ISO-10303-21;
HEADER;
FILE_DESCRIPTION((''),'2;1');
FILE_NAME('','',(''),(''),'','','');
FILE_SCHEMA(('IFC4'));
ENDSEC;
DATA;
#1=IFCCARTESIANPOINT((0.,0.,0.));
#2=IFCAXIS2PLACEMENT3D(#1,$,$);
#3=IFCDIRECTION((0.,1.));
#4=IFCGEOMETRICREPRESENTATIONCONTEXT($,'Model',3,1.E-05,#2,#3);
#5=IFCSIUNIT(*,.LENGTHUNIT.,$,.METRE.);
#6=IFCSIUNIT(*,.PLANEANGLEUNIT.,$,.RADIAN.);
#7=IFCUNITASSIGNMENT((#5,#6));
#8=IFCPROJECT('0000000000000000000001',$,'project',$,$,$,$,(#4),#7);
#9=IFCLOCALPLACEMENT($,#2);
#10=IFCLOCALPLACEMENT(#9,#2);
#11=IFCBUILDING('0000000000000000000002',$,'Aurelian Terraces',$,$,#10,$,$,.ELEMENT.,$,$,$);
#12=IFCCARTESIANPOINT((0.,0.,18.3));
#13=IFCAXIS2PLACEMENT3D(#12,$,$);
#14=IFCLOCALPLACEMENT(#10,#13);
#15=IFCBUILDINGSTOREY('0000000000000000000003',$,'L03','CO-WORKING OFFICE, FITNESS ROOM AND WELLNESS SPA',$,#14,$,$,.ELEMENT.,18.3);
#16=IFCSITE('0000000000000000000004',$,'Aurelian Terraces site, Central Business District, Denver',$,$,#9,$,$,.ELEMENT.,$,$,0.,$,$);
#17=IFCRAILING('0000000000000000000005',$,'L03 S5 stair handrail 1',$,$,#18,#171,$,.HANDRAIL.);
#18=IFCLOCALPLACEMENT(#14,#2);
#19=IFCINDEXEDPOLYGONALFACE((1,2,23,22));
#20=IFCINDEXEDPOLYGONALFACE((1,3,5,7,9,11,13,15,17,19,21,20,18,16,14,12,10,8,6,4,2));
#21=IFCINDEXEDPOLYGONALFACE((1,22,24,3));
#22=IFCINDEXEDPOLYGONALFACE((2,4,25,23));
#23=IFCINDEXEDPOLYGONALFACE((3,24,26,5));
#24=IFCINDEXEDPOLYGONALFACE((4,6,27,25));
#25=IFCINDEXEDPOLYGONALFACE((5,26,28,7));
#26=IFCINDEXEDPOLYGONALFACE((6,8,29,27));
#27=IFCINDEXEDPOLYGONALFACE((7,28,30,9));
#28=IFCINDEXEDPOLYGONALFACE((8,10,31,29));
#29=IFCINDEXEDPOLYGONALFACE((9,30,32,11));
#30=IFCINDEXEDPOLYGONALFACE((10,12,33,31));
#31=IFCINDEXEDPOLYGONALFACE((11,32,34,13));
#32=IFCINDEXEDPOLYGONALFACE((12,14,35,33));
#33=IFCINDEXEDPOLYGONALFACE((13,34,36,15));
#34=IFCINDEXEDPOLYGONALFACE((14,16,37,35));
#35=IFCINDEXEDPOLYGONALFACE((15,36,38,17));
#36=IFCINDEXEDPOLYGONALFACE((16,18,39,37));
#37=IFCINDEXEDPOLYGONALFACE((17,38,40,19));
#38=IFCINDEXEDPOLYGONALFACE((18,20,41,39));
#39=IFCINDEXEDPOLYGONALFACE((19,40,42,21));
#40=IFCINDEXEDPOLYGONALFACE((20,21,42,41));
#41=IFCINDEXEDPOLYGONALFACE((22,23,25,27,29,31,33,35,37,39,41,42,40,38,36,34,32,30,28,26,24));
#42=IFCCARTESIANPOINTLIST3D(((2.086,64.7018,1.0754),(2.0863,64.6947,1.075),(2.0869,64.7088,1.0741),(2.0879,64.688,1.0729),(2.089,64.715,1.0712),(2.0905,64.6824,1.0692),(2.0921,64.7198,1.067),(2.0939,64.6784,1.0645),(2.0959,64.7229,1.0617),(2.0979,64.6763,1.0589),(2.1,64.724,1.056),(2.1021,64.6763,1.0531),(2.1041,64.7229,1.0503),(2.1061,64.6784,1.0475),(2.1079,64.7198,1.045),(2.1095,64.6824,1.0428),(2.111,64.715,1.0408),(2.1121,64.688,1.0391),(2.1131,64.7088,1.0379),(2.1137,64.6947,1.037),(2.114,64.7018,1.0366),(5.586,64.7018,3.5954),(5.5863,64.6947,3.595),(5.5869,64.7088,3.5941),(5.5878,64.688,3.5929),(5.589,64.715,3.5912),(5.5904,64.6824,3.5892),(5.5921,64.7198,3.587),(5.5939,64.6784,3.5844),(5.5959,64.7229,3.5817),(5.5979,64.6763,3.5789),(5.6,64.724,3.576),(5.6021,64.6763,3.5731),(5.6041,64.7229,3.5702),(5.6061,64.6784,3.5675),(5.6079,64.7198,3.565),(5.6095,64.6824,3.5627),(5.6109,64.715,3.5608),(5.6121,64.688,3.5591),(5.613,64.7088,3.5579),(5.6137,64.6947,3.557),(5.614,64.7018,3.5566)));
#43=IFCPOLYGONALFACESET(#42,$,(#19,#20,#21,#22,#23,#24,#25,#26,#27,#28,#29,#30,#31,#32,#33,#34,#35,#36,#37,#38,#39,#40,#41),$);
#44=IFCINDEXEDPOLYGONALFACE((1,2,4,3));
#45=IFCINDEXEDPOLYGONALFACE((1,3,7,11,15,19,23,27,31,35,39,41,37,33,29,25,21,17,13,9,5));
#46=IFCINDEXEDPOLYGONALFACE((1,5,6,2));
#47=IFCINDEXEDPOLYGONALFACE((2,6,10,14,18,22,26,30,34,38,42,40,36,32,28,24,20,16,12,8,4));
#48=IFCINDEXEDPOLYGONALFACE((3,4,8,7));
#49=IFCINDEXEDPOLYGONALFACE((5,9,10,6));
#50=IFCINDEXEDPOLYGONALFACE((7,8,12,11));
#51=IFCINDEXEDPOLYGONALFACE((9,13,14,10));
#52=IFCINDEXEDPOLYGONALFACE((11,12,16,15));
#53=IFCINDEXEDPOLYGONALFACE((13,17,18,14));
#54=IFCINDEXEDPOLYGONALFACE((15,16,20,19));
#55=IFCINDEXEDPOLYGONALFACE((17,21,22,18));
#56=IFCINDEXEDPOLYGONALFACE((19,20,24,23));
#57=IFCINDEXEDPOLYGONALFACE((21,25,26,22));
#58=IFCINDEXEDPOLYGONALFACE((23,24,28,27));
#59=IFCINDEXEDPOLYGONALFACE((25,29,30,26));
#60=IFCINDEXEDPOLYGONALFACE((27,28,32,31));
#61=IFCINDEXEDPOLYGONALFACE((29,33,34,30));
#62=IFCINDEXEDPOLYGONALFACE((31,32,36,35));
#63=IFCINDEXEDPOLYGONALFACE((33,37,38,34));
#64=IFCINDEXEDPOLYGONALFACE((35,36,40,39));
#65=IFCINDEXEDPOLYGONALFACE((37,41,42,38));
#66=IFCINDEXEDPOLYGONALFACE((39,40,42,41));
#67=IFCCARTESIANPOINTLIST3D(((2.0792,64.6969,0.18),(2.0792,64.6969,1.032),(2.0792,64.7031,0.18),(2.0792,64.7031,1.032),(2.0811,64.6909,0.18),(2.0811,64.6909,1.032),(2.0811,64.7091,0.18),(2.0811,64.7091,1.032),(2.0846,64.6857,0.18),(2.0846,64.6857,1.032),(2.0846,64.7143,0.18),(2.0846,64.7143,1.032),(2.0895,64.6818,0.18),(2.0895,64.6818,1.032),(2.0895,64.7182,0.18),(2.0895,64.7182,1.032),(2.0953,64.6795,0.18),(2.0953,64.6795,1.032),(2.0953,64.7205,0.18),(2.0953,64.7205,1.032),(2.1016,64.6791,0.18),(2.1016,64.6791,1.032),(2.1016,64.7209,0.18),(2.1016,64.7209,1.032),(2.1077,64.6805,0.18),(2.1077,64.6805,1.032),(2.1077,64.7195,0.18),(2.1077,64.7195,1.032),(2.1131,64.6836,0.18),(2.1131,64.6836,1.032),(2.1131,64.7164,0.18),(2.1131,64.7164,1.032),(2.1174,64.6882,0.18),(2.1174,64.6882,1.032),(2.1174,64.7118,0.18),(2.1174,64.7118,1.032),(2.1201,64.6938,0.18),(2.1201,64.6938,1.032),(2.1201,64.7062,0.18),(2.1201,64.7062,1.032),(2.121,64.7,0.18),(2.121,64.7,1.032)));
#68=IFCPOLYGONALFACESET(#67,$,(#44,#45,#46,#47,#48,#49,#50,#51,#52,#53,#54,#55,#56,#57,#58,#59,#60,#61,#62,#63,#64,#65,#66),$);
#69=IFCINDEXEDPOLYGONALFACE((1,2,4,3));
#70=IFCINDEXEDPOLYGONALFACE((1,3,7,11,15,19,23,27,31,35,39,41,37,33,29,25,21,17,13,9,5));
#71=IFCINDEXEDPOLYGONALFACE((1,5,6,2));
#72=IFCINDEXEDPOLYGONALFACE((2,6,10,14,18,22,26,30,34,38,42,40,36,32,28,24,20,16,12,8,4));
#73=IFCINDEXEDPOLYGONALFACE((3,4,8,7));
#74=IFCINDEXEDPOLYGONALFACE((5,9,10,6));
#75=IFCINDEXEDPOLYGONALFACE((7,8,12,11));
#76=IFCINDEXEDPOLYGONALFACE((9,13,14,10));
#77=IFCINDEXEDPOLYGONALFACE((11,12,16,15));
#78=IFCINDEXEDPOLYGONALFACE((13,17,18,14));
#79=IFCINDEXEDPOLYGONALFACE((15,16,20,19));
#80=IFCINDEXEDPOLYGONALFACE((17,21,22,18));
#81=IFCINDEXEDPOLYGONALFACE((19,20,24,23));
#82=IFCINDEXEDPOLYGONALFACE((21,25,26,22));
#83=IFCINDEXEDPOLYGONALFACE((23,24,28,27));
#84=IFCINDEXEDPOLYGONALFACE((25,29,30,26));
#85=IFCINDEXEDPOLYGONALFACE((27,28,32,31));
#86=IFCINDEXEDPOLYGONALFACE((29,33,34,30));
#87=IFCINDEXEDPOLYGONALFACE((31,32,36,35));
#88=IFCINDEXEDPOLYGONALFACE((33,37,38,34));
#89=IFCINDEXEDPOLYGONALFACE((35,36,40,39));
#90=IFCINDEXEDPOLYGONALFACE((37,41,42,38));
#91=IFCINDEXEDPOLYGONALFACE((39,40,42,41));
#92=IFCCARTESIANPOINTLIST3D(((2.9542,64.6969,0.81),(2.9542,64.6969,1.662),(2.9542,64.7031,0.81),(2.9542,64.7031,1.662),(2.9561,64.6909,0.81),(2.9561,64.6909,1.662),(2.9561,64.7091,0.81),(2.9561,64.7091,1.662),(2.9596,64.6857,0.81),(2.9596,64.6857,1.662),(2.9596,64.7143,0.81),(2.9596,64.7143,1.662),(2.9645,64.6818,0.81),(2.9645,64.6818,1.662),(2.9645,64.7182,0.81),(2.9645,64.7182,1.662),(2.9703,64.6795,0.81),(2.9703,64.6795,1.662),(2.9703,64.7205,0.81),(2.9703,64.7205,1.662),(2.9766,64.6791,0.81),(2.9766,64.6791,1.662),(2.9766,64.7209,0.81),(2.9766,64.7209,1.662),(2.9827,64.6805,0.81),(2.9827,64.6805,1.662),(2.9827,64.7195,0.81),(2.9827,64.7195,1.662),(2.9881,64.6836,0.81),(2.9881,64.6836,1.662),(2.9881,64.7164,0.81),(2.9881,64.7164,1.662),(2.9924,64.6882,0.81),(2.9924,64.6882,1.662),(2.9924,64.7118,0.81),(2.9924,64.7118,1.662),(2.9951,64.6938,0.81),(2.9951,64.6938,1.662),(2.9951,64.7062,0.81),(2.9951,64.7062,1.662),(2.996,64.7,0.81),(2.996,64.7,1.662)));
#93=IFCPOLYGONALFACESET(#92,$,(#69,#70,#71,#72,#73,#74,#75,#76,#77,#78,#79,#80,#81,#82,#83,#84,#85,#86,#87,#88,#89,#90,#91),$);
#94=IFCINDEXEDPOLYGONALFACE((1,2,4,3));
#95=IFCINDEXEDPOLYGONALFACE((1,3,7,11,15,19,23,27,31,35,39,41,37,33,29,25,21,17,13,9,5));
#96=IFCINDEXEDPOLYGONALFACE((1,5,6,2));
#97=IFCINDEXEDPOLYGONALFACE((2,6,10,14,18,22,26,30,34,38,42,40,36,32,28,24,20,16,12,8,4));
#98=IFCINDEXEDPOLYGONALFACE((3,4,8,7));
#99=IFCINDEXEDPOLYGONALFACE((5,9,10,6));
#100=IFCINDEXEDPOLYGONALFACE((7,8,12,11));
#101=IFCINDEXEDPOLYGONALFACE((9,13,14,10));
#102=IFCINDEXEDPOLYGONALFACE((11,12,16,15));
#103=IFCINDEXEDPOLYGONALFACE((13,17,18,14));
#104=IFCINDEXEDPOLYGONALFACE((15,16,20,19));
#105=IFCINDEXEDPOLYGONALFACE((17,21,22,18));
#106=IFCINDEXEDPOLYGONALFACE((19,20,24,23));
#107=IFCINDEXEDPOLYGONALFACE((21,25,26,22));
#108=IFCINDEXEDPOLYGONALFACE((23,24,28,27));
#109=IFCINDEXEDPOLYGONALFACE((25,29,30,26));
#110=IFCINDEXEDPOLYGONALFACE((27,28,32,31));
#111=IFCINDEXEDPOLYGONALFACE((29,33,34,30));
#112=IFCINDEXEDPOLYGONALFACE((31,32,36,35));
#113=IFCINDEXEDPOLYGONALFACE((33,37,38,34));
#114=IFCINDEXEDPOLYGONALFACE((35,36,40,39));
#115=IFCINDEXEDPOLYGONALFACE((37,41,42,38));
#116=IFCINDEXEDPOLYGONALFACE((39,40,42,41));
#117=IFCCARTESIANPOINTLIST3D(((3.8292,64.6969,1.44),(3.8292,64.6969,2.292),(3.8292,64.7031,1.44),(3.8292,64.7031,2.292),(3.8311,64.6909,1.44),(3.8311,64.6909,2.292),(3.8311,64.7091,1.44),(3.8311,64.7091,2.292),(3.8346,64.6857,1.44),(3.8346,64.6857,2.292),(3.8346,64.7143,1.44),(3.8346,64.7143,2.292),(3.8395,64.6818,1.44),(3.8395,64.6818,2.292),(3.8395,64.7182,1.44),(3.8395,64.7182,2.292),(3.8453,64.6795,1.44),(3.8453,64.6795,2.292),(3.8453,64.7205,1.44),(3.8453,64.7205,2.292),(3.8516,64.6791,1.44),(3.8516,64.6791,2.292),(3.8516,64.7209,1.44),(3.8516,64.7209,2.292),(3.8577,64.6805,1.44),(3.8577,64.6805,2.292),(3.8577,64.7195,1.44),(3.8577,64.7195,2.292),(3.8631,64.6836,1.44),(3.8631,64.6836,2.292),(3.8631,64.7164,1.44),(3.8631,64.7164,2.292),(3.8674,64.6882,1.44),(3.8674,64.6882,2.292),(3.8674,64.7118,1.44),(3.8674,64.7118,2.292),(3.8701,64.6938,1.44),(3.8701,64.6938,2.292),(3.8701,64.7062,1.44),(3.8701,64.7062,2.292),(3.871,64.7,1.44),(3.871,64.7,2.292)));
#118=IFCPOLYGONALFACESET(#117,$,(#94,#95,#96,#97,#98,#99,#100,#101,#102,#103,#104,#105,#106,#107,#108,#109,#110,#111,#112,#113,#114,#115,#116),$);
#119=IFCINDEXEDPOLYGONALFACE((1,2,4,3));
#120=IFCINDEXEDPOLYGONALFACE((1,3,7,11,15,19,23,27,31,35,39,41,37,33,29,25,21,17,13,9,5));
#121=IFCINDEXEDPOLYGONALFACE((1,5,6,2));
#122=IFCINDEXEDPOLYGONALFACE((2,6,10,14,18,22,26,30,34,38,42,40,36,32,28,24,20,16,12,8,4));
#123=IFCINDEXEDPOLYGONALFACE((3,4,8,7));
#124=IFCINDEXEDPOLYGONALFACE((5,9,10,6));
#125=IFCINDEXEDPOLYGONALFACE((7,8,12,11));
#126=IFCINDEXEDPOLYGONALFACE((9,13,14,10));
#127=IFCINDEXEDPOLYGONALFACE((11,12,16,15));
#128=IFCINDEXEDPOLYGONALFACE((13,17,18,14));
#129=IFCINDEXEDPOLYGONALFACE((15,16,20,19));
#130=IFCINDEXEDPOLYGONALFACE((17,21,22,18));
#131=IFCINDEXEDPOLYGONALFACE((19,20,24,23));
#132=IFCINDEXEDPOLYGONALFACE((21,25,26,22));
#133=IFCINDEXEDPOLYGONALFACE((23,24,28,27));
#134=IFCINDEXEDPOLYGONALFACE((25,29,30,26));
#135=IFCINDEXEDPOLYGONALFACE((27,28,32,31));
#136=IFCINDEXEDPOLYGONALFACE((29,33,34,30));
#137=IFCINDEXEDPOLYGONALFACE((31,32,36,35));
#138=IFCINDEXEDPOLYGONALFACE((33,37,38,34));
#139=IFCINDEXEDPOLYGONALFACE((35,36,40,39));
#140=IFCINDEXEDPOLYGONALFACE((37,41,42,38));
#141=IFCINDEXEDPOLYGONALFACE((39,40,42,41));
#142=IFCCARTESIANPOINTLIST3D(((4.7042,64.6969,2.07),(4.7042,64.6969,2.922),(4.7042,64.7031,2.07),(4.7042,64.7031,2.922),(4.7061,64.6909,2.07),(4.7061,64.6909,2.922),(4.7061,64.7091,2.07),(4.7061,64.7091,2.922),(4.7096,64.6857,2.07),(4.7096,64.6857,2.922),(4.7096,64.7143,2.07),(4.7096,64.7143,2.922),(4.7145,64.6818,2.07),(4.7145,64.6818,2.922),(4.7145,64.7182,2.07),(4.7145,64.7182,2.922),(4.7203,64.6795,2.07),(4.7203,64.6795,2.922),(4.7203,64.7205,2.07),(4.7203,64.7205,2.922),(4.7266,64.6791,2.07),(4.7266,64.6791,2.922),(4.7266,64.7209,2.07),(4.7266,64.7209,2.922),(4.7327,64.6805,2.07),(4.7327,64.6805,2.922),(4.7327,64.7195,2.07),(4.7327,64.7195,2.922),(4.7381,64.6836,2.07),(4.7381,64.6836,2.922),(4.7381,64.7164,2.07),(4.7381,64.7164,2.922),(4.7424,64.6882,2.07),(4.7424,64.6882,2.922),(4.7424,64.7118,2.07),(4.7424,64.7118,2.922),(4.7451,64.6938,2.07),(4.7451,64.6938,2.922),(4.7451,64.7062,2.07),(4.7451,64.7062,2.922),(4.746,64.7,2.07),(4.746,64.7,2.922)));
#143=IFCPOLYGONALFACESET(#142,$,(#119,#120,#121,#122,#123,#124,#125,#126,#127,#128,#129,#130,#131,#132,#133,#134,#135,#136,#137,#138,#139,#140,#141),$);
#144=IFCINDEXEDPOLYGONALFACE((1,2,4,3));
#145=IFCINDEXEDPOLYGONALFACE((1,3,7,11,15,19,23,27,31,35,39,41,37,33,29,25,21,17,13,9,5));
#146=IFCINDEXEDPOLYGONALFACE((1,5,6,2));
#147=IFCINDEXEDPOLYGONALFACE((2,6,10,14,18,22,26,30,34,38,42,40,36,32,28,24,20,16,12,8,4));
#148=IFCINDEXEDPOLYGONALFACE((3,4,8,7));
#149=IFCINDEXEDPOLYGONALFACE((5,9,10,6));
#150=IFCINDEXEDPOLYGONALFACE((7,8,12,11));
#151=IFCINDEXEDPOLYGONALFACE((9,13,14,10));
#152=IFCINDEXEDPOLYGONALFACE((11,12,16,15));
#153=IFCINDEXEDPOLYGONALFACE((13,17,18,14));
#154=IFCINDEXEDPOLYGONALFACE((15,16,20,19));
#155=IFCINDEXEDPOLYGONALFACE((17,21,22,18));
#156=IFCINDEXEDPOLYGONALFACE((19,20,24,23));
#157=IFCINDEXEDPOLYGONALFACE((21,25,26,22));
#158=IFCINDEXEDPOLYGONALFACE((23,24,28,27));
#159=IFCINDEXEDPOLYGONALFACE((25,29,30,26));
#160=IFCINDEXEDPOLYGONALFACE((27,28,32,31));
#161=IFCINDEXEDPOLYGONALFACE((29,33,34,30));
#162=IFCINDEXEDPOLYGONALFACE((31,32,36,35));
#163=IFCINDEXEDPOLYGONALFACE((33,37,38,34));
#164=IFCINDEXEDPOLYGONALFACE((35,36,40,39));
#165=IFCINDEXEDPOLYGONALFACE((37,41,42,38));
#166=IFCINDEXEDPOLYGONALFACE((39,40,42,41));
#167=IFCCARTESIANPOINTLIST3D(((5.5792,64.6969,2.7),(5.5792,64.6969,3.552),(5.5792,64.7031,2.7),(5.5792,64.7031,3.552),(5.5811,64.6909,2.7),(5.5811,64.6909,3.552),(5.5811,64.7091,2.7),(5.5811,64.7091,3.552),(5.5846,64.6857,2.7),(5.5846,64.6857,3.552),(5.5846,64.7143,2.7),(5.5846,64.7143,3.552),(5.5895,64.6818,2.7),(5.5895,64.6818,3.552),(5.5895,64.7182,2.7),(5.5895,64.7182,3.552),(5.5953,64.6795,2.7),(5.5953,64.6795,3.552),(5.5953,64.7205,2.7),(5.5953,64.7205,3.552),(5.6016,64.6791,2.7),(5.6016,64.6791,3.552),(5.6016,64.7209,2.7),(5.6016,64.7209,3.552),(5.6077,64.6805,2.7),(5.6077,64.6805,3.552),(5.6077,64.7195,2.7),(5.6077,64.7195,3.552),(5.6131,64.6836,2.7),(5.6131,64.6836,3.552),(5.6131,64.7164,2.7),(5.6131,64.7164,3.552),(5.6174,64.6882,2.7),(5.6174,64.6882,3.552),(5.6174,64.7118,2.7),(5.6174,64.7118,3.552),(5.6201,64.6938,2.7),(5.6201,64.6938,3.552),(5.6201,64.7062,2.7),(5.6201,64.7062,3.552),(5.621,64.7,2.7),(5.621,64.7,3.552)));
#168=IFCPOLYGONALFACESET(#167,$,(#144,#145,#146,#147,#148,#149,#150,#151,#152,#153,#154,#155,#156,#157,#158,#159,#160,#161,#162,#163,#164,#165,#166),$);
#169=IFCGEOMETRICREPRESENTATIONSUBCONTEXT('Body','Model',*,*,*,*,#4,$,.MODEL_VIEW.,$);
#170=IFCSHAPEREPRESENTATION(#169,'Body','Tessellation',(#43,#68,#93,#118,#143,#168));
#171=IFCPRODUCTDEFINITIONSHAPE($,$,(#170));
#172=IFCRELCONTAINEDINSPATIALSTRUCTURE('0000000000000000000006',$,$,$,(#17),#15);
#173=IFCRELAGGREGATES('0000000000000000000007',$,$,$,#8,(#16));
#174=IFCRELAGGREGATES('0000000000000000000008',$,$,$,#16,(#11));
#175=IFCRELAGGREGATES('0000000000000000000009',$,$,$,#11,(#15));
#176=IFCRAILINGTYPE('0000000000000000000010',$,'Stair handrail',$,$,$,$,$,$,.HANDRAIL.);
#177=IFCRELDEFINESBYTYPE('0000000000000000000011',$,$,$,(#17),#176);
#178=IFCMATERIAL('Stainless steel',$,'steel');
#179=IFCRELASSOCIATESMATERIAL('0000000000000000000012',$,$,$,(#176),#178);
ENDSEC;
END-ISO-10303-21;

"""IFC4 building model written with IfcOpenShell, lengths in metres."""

from ifc_helpers import new_model, si_unit, direction, frame, origin, origin_2d, place, context, subcontext, project, spatial, circle, extrude, source, transform, mapped, material, type_object, element, save


model = new_model("IFC4")

# Units and contexts
model_context = context("Model", 3, precision=1e-05, world=origin(), true_north=direction((0.0, 1.0)))
body_context = subcontext(model_context, "Body", "Model", "MODEL_VIEW")
ifc_project = project(units=[si_unit("LENGTHUNIT", "METRE"), si_unit("PLANEANGLEUNIT", "RADIAN")], contexts=[model_context])

# Site, building, storey
site_placement = place(None, origin())
site = spatial("IfcSite", under=ifc_project, at=site_placement, Name="Aurelian Terraces site, Central Business District, Denver", CompositionType="ELEMENT", RefElevation=0.0)
building_placement = place(site_placement, origin())
building = spatial("IfcBuilding", under=site, at=building_placement, Name="Aurelian Terraces", CompositionType="ELEMENT")
storey_placement = place(building_placement, frame((0.0, 0.0, 18.3)))
storey = spatial("IfcBuildingStorey", under=building, at=storey_placement, Name="L03", Description="CO-WORKING OFFICE, FITNESS ROOM AND WELLNESS SPA", CompositionType="ELEMENT", Elevation=18.3)

# Railing
ifc_material_1 = material(Name="Stainless steel", Category="steel")
railing_type_1 = type_object("IfcRailingType", Name="Stair handrail", PredefinedType="HANDRAIL", material=ifc_material_1)
shared_shape_1 = source(origin(), body_context, "Body", "SweptSolid", [
    extrude(circle(Radius=0.024, at=origin_2d()), frame((0.0, 0.0, 0.876), z_axis=(0.811534, 0.0, 0.584305), x_axis=(0.0, 1.0, 0.0)), (0.0, 0.0, 1.0), 4.3128),
    extrude(circle(Radius=0.021, at=origin_2d()), origin(), (0.0, 0.0, 1.0), 0.852),
    extrude(circle(Radius=0.021, at=origin_2d()), frame((0.875, 0.0, 0.63)), (0.0, 0.0, 1.0), 0.852),
    extrude(circle(Radius=0.021, at=origin_2d()), frame((1.75, 0.0, 1.26)), (0.0, 0.0, 1.0), 0.852),
    extrude(circle(Radius=0.021, at=origin_2d()), frame((2.625, 0.0, 1.89)), (0.0, 0.0, 1.0), 0.852),
    extrude(circle(Radius=0.021, at=origin_2d()), frame((3.5, 0.0, 2.52)), (0.0, 0.0, 1.0), 0.852),
])
railing_1_placement = place(storey_placement, frame((2.1, 64.7, 0.18)))
element("IfcRailing", 1, at=railing_1_placement, inside=storey, type_object=railing_type_1, Name="L03 S5 stair handrail 1", PredefinedType="HANDRAIL", context=body_context, shape_type="MappedRepresentation", body=[
    mapped(shared_shape_1, transform((0.0, 0.0, 0.0), scale=1.0)),
])

save(model, "model.ifc")
